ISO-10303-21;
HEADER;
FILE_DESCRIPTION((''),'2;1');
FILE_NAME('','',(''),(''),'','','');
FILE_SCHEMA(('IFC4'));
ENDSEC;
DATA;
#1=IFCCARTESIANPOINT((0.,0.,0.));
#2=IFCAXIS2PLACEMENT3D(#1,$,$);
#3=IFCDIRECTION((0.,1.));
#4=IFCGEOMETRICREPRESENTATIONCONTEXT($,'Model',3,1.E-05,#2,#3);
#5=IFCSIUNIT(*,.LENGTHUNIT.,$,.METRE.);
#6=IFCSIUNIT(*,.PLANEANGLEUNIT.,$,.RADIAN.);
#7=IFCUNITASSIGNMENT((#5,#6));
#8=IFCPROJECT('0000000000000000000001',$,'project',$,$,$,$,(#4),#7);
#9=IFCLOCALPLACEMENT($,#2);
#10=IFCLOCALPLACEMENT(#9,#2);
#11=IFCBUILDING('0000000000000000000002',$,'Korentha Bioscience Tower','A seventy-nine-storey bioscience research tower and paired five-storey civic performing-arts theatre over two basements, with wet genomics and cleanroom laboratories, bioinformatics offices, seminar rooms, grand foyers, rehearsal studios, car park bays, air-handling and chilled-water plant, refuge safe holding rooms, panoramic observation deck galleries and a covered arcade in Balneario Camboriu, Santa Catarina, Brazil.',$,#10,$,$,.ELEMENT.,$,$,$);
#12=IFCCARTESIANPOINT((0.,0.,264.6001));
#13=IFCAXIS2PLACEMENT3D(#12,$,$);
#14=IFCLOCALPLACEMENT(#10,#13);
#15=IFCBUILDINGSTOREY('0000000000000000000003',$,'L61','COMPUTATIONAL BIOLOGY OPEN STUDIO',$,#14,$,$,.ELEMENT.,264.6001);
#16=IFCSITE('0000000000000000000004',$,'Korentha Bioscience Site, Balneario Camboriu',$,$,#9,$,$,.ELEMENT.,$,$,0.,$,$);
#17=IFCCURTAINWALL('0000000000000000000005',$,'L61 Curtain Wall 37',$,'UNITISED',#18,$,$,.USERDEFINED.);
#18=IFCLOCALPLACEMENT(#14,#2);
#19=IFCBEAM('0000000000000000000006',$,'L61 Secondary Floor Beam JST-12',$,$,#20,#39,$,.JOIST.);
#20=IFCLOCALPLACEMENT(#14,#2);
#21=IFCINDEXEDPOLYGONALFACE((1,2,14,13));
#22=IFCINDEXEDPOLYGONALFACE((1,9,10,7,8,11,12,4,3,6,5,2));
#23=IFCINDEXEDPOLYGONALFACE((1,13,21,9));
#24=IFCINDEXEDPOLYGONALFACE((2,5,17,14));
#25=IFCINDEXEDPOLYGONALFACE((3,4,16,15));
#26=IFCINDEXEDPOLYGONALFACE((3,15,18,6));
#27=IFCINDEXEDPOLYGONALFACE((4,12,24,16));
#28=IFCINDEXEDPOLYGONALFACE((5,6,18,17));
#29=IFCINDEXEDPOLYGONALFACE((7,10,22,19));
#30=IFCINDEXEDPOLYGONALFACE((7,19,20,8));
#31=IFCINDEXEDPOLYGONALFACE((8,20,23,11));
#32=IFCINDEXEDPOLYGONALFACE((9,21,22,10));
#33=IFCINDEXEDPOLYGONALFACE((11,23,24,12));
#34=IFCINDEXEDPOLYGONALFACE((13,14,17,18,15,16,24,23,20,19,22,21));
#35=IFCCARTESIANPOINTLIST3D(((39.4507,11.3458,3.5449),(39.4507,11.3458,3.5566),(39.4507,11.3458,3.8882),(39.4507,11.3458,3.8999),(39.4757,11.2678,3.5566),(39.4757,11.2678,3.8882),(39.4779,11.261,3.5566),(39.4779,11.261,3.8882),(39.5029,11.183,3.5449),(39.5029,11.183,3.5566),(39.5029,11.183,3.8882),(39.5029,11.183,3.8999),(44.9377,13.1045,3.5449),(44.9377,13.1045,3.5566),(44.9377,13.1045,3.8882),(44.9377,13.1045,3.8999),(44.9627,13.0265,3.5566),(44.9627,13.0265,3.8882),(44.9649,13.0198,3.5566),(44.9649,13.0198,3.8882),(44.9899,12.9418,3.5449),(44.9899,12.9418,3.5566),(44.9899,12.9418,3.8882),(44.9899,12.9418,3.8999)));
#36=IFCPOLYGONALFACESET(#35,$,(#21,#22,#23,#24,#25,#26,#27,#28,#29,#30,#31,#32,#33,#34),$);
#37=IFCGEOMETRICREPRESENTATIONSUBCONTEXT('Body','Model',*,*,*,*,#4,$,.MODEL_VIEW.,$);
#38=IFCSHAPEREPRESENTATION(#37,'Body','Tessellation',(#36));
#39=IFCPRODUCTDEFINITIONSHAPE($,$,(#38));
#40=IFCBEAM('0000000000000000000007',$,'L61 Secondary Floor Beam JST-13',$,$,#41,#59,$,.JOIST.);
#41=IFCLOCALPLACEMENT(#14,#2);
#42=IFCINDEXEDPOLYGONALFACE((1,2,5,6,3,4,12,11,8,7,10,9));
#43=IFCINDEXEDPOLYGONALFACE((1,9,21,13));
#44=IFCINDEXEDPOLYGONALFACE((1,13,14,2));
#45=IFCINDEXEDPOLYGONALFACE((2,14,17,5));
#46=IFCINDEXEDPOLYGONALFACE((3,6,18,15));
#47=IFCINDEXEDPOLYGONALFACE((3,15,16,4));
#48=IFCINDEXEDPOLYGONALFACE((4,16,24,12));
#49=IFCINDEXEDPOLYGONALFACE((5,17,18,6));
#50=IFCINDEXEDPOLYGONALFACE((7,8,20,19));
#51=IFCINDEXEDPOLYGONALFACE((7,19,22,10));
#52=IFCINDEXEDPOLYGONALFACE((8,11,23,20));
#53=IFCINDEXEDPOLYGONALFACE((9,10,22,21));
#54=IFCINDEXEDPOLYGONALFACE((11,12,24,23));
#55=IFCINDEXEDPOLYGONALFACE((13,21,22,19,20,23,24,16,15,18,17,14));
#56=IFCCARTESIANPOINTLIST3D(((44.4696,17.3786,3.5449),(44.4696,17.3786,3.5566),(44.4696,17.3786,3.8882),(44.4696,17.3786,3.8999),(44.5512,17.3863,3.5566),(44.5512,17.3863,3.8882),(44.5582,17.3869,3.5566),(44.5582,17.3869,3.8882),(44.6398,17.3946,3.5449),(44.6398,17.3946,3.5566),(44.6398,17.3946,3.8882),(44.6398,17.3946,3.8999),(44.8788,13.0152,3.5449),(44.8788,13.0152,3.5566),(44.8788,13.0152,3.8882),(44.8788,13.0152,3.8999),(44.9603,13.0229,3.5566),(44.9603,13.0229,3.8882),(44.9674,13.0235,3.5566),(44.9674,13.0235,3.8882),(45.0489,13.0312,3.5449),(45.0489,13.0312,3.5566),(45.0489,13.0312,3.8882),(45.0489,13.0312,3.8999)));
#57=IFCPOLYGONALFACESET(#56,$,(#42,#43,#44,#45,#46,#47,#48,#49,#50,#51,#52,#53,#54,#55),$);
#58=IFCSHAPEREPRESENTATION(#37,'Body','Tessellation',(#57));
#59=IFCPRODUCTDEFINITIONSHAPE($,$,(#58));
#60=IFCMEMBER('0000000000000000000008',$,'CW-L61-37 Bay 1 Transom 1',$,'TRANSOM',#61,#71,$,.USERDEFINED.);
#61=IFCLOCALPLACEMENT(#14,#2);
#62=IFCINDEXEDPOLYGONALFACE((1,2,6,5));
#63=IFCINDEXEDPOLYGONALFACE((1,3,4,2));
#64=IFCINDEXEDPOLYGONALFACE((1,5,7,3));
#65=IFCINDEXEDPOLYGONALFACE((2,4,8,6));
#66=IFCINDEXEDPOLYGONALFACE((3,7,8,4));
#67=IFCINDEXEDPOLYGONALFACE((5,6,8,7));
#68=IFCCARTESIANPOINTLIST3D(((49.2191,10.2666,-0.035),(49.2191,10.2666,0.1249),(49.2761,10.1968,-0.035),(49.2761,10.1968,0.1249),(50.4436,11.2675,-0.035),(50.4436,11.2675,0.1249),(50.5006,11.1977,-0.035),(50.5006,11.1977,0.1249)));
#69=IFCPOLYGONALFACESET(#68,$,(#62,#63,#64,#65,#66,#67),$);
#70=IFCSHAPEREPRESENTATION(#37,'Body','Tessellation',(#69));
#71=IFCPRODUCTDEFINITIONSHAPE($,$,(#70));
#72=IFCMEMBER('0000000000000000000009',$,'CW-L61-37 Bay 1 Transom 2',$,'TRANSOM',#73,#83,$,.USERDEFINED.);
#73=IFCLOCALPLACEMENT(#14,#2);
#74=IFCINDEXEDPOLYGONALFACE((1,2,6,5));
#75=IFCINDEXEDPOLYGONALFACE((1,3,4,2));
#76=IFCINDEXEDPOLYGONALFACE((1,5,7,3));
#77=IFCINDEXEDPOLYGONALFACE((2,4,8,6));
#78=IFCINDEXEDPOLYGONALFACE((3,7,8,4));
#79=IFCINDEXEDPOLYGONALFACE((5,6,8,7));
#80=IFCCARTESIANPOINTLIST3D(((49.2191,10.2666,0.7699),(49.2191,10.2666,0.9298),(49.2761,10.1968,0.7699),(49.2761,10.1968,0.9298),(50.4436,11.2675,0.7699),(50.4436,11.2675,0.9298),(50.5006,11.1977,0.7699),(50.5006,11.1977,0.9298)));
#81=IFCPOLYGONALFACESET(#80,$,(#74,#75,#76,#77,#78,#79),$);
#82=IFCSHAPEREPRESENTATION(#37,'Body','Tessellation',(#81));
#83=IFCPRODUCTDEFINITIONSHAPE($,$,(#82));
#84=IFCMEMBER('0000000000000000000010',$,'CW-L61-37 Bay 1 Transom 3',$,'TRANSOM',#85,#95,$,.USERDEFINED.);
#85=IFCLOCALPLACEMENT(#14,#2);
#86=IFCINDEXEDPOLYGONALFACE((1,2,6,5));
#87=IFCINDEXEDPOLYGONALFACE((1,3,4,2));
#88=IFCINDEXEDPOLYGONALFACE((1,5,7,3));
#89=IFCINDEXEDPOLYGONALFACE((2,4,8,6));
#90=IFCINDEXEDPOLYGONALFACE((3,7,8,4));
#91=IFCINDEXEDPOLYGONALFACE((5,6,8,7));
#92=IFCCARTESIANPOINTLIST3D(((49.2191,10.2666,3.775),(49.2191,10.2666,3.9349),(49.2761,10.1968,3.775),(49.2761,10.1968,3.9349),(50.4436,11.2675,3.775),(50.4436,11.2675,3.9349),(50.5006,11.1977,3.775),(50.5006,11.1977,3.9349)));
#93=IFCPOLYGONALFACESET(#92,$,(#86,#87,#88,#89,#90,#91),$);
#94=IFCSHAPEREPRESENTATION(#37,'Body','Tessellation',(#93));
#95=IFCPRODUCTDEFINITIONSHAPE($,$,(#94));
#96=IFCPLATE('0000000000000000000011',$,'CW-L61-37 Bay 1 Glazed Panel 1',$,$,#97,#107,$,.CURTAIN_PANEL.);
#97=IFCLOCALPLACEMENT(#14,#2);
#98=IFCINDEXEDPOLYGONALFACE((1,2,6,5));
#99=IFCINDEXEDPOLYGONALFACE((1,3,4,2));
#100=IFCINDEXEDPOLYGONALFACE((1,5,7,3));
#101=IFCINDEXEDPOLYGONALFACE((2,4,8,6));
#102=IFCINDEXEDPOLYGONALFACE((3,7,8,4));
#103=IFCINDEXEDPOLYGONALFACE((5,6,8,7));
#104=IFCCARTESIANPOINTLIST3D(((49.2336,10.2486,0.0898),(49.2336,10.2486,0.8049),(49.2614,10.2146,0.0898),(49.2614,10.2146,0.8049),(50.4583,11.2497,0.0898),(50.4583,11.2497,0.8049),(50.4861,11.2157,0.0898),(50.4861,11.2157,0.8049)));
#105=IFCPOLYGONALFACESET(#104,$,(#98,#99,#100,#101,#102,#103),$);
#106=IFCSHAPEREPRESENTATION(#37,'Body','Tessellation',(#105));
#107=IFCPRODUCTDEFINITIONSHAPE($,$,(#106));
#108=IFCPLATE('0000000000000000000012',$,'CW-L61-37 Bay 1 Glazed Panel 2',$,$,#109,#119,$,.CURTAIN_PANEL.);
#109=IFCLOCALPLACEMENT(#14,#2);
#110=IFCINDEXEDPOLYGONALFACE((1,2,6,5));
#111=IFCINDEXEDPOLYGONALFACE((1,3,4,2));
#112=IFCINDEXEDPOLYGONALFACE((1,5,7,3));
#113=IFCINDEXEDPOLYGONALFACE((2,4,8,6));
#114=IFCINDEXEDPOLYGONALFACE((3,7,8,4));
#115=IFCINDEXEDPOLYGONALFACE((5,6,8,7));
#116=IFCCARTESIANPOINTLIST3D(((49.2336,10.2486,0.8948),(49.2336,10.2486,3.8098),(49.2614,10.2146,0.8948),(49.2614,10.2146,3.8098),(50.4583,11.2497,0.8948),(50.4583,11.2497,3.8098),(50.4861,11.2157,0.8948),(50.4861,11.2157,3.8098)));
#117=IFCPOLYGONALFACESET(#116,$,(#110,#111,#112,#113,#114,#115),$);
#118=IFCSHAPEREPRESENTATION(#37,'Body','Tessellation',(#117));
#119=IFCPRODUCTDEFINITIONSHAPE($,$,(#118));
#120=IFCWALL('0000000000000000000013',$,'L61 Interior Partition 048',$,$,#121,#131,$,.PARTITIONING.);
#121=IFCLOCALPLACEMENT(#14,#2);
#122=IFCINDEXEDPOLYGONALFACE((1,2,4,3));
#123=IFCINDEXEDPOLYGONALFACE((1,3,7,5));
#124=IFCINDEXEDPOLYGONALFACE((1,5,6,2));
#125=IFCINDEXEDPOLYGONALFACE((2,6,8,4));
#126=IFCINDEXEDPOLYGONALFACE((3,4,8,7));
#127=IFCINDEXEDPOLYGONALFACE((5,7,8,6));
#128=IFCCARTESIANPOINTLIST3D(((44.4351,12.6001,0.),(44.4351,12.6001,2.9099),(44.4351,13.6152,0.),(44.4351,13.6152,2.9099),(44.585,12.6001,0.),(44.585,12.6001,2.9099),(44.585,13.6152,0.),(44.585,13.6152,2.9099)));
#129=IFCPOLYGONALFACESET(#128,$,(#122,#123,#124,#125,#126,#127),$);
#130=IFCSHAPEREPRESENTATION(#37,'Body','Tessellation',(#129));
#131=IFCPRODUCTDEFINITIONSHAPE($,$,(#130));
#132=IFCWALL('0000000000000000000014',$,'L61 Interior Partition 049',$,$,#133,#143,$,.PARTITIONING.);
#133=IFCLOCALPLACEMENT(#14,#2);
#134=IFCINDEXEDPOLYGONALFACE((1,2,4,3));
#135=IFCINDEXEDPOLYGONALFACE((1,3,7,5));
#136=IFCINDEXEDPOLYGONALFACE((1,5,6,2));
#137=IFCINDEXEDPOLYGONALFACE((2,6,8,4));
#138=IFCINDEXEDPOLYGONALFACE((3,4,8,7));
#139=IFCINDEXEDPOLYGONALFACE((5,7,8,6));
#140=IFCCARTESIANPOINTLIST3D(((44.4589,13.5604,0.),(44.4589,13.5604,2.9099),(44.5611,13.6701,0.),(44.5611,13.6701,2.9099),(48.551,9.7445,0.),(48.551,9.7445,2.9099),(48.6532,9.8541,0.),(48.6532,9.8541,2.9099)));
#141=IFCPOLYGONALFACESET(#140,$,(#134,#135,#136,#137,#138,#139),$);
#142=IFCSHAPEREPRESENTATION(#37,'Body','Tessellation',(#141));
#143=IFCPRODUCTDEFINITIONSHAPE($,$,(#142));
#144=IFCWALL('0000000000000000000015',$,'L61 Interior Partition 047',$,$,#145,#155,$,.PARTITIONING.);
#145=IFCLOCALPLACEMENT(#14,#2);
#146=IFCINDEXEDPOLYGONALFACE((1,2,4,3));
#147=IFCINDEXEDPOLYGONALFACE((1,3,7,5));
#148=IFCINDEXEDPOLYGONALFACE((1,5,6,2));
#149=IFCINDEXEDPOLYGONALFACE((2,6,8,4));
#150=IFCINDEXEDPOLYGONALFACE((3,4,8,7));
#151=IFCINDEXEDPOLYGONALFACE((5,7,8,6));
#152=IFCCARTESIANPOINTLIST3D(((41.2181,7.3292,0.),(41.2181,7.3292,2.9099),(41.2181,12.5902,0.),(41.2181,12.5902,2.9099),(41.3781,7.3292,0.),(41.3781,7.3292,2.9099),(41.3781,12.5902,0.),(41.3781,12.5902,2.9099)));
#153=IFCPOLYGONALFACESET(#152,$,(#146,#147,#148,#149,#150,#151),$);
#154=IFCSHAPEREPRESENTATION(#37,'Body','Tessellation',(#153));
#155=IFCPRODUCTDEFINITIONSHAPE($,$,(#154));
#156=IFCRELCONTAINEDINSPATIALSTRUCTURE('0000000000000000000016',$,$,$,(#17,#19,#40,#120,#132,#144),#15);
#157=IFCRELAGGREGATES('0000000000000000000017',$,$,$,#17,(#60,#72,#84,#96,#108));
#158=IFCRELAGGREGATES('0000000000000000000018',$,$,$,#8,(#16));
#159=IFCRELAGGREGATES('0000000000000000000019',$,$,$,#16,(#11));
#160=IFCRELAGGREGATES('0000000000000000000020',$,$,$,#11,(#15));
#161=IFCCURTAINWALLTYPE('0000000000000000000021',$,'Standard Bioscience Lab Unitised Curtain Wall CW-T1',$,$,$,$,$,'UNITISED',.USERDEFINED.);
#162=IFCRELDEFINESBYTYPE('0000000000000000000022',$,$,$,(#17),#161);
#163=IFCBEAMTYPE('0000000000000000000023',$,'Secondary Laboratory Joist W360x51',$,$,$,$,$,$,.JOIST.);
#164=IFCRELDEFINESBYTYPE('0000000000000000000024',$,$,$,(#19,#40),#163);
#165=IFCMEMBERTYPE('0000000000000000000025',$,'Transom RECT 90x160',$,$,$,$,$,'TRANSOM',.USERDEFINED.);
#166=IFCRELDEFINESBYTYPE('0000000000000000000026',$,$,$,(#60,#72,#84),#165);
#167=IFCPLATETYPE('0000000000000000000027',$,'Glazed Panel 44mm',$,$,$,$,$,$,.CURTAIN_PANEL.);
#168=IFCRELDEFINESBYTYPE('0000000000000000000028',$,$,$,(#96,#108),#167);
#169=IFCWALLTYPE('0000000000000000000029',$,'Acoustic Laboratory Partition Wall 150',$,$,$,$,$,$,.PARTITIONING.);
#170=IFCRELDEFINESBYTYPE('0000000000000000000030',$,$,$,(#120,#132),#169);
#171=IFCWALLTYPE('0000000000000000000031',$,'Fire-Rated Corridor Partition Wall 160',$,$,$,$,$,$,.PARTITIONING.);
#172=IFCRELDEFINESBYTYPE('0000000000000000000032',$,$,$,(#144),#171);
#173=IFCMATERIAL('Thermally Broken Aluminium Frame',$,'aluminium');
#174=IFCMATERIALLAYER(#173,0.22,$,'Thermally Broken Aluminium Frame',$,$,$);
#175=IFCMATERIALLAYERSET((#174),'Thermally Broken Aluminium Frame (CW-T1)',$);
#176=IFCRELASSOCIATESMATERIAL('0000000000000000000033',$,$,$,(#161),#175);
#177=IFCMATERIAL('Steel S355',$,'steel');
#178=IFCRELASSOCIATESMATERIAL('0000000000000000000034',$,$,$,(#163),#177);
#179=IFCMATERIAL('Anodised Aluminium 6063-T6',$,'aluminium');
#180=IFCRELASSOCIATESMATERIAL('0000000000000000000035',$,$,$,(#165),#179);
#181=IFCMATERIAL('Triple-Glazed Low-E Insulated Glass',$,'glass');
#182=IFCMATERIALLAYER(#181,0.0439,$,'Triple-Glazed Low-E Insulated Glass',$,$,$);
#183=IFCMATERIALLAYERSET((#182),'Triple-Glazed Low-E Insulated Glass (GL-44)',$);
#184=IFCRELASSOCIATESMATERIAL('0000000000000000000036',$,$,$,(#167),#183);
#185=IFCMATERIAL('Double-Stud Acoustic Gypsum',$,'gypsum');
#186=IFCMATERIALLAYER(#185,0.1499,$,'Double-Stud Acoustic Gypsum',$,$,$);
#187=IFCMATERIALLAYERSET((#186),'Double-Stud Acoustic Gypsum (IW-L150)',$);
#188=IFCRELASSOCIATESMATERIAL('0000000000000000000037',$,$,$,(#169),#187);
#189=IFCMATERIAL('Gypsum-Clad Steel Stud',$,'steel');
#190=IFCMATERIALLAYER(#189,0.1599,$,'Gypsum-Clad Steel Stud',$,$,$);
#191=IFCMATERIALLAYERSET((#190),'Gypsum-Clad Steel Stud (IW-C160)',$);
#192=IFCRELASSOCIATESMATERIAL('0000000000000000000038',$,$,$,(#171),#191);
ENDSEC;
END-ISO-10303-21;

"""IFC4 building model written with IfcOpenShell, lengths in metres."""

from ifc_helpers import new_model, si_unit, direction, frame, frame_2d, origin, origin_2d, place, context, subcontext, project, spatial, rectangle, i_section, extrude, material, layer, layer_set, material_profile, profile_set, type_object, element, aggregate, save


model = new_model("IFC4")

# Units and contexts
model_context = context("Model", 3, precision=1e-05, world=origin(), true_north=direction((0.0, 1.0)))
body_context = subcontext(model_context, "Body", "Model", "MODEL_VIEW")
ifc_project = project(units=[si_unit("LENGTHUNIT", "METRE"), si_unit("PLANEANGLEUNIT", "RADIAN")], contexts=[model_context])

# Site, building, storey
site_placement = place(None, origin())
site = spatial("IfcSite", under=ifc_project, at=site_placement, Name="Korentha Bioscience Site, Balneario Camboriu", CompositionType="ELEMENT", RefElevation=0.0)
building_placement = place(site_placement, origin())
building = spatial("IfcBuilding", under=site, at=building_placement, Name="Korentha Bioscience Tower", Description="A seventy-nine-storey bioscience research tower and paired five-storey civic performing-arts theatre over two basements, with wet genomics and cleanroom laboratories, bioinformatics offices, seminar rooms, grand foyers, rehearsal studios, car park bays, air-handling and chilled-water plant, refuge safe holding rooms, panoramic observation deck galleries and a covered arcade in Balneario Camboriu, Santa Catarina, Brazil.", CompositionType="ELEMENT")
storey_placement = place(building_placement, frame((0.0, 0.0, 264.6001)))
storey = spatial("IfcBuildingStorey", under=building, at=storey_placement, Name="L61", Description="COMPUTATIONAL BIOLOGY OPEN STUDIO", CompositionType="ELEMENT", Elevation=264.6001)

# Curtain wall
ifc_material_1 = material(Name="Thermally Broken Aluminium Frame", Category="aluminium")
ifc_layer_1 = layer(ifc_material_1, 0.22, Name="Thermally Broken Aluminium Frame")
ifc_layer_set_1 = layer_set([ifc_layer_1], Name="Thermally Broken Aluminium Frame (CW-T1)")
curtain_wall_type = type_object("IfcCurtainWallType", Name="Standard Bioscience Lab Unitised Curtain Wall CW-T1", ElementType="UNITISED", PredefinedType="USERDEFINED", material=ifc_layer_set_1)
curtain_wall_placement = place(storey_placement, origin())
curtain_wall = element("IfcCurtainWall", 1, at=curtain_wall_placement, inside=storey, type_object=curtain_wall_type, Name="L61 Curtain Wall 37", ObjectType="UNITISED", PredefinedType="USERDEFINED")
ifc_material_2 = material(Name="Anodised Aluminium 6063-T6", Category="aluminium")

# Beams
ifc_material_3 = material(Name="Steel S355", Category="steel")
ifc_material_profile_1 = material_profile(ifc_material_3, i_section(OverallWidth=0.1709, OverallDepth=0.355, WebThickness=0.0071, FlangeThickness=0.0117, at=origin_2d()), Name="Steel S355")
ifc_profile_set_1 = profile_set([ifc_material_profile_1], Name="Steel S355 (JB-360)")
beam_type_1 = type_object("IfcBeamType", Name="Secondary Laboratory Joist W360x51", PredefinedType="JOIST", material=ifc_profile_set_1)
beam_1_placement = place(storey_placement, frame((39.4768, 11.2644, 3.7224), z_axis=(0.952276, 0.305237, 0.0), x_axis=(-0.305237, 0.952276, 0.0)))
element("IfcBeam", 2, at=beam_1_placement, inside=storey, type_object=beam_type_1, Name="L61 Secondary Floor Beam JST-12", PredefinedType="JOIST", context=body_context, shape_type="SweptSolid", body=[
    extrude(i_section(OverallWidth=0.1709, OverallDepth=0.355, WebThickness=0.0071, FlangeThickness=0.0117, at=origin_2d()), origin(), (0.0, 0.0, 1.0), 5.762),
])
beam_2_placement = place(storey_placement, frame((44.9639, 13.0232, 3.7224), z_axis=(-0.093363, 0.995632, 0.0), x_axis=(-0.995632, -0.093363, 0.0)))
element("IfcBeam", 3, at=beam_2_placement, inside=storey, type_object=beam_type_1, Name="L61 Secondary Floor Beam JST-13", PredefinedType="JOIST", context=body_context, shape_type="SweptSolid", body=[
    extrude(i_section(OverallWidth=0.1709, OverallDepth=0.355, WebThickness=0.0071, FlangeThickness=0.0117, at=origin_2d()), origin(), (0.0, 0.0, 1.0), 4.3826),
])

# Members
ifc_material_profile_2 = material_profile(ifc_material_2, rectangle(XDim=0.0901, YDim=0.1599, at=origin_2d()), Name="Anodised Aluminium 6063-T6")
ifc_profile_set_2 = profile_set([ifc_material_profile_2], Name="Anodised Aluminium 6063-T6 (CW-TRN)")
member_type_1 = type_object("IfcMemberType", Name="Transom RECT 90x160", ElementType="TRANSOM", PredefinedType="USERDEFINED", material=ifc_profile_set_2)
member_1_placement = place(storey_placement, frame((49.2476, 10.2317, 0.0449), z_axis=(0.77426, 0.632868, 0.0), x_axis=(-0.632868, 0.77426, 0.0)))
member_1 = element("IfcMember", 4, at=member_1_placement, type_object=member_type_1, Name="CW-L61-37 Bay 1 Transom 1", ObjectType="TRANSOM", PredefinedType="USERDEFINED", context=body_context, shape_type="SweptSolid", body=[
    extrude(rectangle(XDim=0.0901, YDim=0.1599, at=origin_2d()), origin(), (0.0, 0.0, 1.0), 1.5815),
])
member_2_placement = place(storey_placement, frame((49.2476, 10.2317, 0.8499), z_axis=(0.77426, 0.632868, 0.0), x_axis=(-0.632868, 0.77426, 0.0)))
member_2 = element("IfcMember", 5, at=member_2_placement, type_object=member_type_1, Name="CW-L61-37 Bay 1 Transom 2", ObjectType="TRANSOM", PredefinedType="USERDEFINED", context=body_context, shape_type="SweptSolid", body=[
    extrude(rectangle(XDim=0.0901, YDim=0.1599, at=origin_2d()), origin(), (0.0, 0.0, 1.0), 1.5815),
])
member_3_placement = place(storey_placement, frame((49.2476, 10.2317, 3.855), z_axis=(0.77426, 0.632868, 0.0), x_axis=(-0.632868, 0.77426, 0.0)))
member_3 = element("IfcMember", 6, at=member_3_placement, type_object=member_type_1, Name="CW-L61-37 Bay 1 Transom 3", ObjectType="TRANSOM", PredefinedType="USERDEFINED", context=body_context, shape_type="SweptSolid", body=[
    extrude(rectangle(XDim=0.0901, YDim=0.1599, at=origin_2d()), origin(), (0.0, 0.0, 1.0), 1.5815),
])

# Plates
ifc_material_4 = material(Name="Triple-Glazed Low-E Insulated Glass", Category="glass")
ifc_layer_2 = layer(ifc_material_4, 0.0439, Name="Triple-Glazed Low-E Insulated Glass")
ifc_layer_set_2 = layer_set([ifc_layer_2], Name="Triple-Glazed Low-E Insulated Glass (GL-44)")
plate_type = type_object("IfcPlateType", Name="Glazed Panel 44mm", PredefinedType="CURTAIN_PANEL", material=ifc_layer_set_2)
plate_1_placement = place(storey_placement, frame((49.8599, 10.7322, 0.0898), z_axis=(0.0, 0.0, 1.0), x_axis=(0.774235, 0.632898, 0.0)))
plate_1 = element("IfcPlate", 7, at=plate_1_placement, type_object=plate_type, Name="CW-L61-37 Bay 1 Glazed Panel 1", PredefinedType="CURTAIN_PANEL", context=body_context, shape_type="SweptSolid", body=[
    extrude(rectangle(XDim=1.5818, YDim=0.0439, at=origin_2d()), origin(), (0.0, 0.0, 1.0), 0.7151),
])
plate_2_placement = place(storey_placement, frame((49.8599, 10.7322, 0.8948), z_axis=(0.0, 0.0, 1.0), x_axis=(0.774235, 0.632898, 0.0)))
plate_2 = element("IfcPlate", 8, at=plate_2_placement, type_object=plate_type, Name="CW-L61-37 Bay 1 Glazed Panel 2", PredefinedType="CURTAIN_PANEL", context=body_context, shape_type="SweptSolid", body=[
    extrude(rectangle(XDim=1.5818, YDim=0.0439, at=origin_2d()), origin(), (0.0, 0.0, 1.0), 2.915),
])
aggregate(curtain_wall, [member_1, member_2, member_3, plate_1, plate_2])

# Shared definitions
ifc_material_5 = material(Name="Double-Stud Acoustic Gypsum", Category="gypsum")
ifc_layer_3 = layer(ifc_material_5, 0.1499, Name="Double-Stud Acoustic Gypsum")
ifc_layer_set_3 = layer_set([ifc_layer_3], Name="Double-Stud Acoustic Gypsum (IW-L150)")
wall_type_1 = type_object("IfcWallType", Name="Acoustic Laboratory Partition Wall 150", PredefinedType="PARTITIONING", material=ifc_layer_set_3)

# Walls
wall_1_placement = place(storey_placement, frame((44.51, 12.6001, 0.0), z_axis=(0.0, 0.0, 1.0), x_axis=(0.0, 1.0, 0.0)))
element("IfcWall", 9, at=wall_1_placement, inside=storey, type_object=wall_type_1, Name="L61 Interior Partition 048", PredefinedType="PARTITIONING", context=body_context, shape_type="SweptSolid", body=[
    extrude(rectangle(XDim=1.0151, YDim=0.1499, at=frame_2d((0.5076, 0.0))), origin(), (0.0, 0.0, 1.0), 2.9099),
])
wall_2_placement = place(storey_placement, frame((44.51, 13.6152, 0.0), z_axis=(0.0, 0.0, 1.0), x_axis=(0.731351, -0.682001, 0.0)))
element("IfcWall", 10, at=wall_2_placement, inside=storey, type_object=wall_type_1, Name="L61 Interior Partition 049", PredefinedType="PARTITIONING", context=body_context, shape_type="SweptSolid", body=[
    extrude(rectangle(XDim=5.5952, YDim=0.1499, at=frame_2d((2.7976, 0.0))), origin(), (0.0, 0.0, 1.0), 2.9099),
])
ifc_material_6 = material(Name="Gypsum-Clad Steel Stud", Category="steel")
ifc_layer_4 = layer(ifc_material_6, 0.1599, Name="Gypsum-Clad Steel Stud")
ifc_layer_set_4 = layer_set([ifc_layer_4], Name="Gypsum-Clad Steel Stud (IW-C160)")
wall_type_2 = type_object("IfcWallType", Name="Fire-Rated Corridor Partition Wall 160", PredefinedType="PARTITIONING", material=ifc_layer_set_4)
wall_3_placement = place(storey_placement, frame((41.2981, 12.5901, 0.0), z_axis=(0.0, 0.0, 1.0), x_axis=(0.0, -1.0, 0.0)))
element("IfcWall", 11, at=wall_3_placement, inside=storey, type_object=wall_type_2, Name="L61 Interior Partition 047", PredefinedType="PARTITIONING", context=body_context, shape_type="SweptSolid", body=[
    extrude(rectangle(XDim=5.261, YDim=0.1599, at=frame_2d((2.6304, 0.0))), origin(), (0.0, 0.0, 1.0), 2.9099),
])

save(model, "model.ifc")
